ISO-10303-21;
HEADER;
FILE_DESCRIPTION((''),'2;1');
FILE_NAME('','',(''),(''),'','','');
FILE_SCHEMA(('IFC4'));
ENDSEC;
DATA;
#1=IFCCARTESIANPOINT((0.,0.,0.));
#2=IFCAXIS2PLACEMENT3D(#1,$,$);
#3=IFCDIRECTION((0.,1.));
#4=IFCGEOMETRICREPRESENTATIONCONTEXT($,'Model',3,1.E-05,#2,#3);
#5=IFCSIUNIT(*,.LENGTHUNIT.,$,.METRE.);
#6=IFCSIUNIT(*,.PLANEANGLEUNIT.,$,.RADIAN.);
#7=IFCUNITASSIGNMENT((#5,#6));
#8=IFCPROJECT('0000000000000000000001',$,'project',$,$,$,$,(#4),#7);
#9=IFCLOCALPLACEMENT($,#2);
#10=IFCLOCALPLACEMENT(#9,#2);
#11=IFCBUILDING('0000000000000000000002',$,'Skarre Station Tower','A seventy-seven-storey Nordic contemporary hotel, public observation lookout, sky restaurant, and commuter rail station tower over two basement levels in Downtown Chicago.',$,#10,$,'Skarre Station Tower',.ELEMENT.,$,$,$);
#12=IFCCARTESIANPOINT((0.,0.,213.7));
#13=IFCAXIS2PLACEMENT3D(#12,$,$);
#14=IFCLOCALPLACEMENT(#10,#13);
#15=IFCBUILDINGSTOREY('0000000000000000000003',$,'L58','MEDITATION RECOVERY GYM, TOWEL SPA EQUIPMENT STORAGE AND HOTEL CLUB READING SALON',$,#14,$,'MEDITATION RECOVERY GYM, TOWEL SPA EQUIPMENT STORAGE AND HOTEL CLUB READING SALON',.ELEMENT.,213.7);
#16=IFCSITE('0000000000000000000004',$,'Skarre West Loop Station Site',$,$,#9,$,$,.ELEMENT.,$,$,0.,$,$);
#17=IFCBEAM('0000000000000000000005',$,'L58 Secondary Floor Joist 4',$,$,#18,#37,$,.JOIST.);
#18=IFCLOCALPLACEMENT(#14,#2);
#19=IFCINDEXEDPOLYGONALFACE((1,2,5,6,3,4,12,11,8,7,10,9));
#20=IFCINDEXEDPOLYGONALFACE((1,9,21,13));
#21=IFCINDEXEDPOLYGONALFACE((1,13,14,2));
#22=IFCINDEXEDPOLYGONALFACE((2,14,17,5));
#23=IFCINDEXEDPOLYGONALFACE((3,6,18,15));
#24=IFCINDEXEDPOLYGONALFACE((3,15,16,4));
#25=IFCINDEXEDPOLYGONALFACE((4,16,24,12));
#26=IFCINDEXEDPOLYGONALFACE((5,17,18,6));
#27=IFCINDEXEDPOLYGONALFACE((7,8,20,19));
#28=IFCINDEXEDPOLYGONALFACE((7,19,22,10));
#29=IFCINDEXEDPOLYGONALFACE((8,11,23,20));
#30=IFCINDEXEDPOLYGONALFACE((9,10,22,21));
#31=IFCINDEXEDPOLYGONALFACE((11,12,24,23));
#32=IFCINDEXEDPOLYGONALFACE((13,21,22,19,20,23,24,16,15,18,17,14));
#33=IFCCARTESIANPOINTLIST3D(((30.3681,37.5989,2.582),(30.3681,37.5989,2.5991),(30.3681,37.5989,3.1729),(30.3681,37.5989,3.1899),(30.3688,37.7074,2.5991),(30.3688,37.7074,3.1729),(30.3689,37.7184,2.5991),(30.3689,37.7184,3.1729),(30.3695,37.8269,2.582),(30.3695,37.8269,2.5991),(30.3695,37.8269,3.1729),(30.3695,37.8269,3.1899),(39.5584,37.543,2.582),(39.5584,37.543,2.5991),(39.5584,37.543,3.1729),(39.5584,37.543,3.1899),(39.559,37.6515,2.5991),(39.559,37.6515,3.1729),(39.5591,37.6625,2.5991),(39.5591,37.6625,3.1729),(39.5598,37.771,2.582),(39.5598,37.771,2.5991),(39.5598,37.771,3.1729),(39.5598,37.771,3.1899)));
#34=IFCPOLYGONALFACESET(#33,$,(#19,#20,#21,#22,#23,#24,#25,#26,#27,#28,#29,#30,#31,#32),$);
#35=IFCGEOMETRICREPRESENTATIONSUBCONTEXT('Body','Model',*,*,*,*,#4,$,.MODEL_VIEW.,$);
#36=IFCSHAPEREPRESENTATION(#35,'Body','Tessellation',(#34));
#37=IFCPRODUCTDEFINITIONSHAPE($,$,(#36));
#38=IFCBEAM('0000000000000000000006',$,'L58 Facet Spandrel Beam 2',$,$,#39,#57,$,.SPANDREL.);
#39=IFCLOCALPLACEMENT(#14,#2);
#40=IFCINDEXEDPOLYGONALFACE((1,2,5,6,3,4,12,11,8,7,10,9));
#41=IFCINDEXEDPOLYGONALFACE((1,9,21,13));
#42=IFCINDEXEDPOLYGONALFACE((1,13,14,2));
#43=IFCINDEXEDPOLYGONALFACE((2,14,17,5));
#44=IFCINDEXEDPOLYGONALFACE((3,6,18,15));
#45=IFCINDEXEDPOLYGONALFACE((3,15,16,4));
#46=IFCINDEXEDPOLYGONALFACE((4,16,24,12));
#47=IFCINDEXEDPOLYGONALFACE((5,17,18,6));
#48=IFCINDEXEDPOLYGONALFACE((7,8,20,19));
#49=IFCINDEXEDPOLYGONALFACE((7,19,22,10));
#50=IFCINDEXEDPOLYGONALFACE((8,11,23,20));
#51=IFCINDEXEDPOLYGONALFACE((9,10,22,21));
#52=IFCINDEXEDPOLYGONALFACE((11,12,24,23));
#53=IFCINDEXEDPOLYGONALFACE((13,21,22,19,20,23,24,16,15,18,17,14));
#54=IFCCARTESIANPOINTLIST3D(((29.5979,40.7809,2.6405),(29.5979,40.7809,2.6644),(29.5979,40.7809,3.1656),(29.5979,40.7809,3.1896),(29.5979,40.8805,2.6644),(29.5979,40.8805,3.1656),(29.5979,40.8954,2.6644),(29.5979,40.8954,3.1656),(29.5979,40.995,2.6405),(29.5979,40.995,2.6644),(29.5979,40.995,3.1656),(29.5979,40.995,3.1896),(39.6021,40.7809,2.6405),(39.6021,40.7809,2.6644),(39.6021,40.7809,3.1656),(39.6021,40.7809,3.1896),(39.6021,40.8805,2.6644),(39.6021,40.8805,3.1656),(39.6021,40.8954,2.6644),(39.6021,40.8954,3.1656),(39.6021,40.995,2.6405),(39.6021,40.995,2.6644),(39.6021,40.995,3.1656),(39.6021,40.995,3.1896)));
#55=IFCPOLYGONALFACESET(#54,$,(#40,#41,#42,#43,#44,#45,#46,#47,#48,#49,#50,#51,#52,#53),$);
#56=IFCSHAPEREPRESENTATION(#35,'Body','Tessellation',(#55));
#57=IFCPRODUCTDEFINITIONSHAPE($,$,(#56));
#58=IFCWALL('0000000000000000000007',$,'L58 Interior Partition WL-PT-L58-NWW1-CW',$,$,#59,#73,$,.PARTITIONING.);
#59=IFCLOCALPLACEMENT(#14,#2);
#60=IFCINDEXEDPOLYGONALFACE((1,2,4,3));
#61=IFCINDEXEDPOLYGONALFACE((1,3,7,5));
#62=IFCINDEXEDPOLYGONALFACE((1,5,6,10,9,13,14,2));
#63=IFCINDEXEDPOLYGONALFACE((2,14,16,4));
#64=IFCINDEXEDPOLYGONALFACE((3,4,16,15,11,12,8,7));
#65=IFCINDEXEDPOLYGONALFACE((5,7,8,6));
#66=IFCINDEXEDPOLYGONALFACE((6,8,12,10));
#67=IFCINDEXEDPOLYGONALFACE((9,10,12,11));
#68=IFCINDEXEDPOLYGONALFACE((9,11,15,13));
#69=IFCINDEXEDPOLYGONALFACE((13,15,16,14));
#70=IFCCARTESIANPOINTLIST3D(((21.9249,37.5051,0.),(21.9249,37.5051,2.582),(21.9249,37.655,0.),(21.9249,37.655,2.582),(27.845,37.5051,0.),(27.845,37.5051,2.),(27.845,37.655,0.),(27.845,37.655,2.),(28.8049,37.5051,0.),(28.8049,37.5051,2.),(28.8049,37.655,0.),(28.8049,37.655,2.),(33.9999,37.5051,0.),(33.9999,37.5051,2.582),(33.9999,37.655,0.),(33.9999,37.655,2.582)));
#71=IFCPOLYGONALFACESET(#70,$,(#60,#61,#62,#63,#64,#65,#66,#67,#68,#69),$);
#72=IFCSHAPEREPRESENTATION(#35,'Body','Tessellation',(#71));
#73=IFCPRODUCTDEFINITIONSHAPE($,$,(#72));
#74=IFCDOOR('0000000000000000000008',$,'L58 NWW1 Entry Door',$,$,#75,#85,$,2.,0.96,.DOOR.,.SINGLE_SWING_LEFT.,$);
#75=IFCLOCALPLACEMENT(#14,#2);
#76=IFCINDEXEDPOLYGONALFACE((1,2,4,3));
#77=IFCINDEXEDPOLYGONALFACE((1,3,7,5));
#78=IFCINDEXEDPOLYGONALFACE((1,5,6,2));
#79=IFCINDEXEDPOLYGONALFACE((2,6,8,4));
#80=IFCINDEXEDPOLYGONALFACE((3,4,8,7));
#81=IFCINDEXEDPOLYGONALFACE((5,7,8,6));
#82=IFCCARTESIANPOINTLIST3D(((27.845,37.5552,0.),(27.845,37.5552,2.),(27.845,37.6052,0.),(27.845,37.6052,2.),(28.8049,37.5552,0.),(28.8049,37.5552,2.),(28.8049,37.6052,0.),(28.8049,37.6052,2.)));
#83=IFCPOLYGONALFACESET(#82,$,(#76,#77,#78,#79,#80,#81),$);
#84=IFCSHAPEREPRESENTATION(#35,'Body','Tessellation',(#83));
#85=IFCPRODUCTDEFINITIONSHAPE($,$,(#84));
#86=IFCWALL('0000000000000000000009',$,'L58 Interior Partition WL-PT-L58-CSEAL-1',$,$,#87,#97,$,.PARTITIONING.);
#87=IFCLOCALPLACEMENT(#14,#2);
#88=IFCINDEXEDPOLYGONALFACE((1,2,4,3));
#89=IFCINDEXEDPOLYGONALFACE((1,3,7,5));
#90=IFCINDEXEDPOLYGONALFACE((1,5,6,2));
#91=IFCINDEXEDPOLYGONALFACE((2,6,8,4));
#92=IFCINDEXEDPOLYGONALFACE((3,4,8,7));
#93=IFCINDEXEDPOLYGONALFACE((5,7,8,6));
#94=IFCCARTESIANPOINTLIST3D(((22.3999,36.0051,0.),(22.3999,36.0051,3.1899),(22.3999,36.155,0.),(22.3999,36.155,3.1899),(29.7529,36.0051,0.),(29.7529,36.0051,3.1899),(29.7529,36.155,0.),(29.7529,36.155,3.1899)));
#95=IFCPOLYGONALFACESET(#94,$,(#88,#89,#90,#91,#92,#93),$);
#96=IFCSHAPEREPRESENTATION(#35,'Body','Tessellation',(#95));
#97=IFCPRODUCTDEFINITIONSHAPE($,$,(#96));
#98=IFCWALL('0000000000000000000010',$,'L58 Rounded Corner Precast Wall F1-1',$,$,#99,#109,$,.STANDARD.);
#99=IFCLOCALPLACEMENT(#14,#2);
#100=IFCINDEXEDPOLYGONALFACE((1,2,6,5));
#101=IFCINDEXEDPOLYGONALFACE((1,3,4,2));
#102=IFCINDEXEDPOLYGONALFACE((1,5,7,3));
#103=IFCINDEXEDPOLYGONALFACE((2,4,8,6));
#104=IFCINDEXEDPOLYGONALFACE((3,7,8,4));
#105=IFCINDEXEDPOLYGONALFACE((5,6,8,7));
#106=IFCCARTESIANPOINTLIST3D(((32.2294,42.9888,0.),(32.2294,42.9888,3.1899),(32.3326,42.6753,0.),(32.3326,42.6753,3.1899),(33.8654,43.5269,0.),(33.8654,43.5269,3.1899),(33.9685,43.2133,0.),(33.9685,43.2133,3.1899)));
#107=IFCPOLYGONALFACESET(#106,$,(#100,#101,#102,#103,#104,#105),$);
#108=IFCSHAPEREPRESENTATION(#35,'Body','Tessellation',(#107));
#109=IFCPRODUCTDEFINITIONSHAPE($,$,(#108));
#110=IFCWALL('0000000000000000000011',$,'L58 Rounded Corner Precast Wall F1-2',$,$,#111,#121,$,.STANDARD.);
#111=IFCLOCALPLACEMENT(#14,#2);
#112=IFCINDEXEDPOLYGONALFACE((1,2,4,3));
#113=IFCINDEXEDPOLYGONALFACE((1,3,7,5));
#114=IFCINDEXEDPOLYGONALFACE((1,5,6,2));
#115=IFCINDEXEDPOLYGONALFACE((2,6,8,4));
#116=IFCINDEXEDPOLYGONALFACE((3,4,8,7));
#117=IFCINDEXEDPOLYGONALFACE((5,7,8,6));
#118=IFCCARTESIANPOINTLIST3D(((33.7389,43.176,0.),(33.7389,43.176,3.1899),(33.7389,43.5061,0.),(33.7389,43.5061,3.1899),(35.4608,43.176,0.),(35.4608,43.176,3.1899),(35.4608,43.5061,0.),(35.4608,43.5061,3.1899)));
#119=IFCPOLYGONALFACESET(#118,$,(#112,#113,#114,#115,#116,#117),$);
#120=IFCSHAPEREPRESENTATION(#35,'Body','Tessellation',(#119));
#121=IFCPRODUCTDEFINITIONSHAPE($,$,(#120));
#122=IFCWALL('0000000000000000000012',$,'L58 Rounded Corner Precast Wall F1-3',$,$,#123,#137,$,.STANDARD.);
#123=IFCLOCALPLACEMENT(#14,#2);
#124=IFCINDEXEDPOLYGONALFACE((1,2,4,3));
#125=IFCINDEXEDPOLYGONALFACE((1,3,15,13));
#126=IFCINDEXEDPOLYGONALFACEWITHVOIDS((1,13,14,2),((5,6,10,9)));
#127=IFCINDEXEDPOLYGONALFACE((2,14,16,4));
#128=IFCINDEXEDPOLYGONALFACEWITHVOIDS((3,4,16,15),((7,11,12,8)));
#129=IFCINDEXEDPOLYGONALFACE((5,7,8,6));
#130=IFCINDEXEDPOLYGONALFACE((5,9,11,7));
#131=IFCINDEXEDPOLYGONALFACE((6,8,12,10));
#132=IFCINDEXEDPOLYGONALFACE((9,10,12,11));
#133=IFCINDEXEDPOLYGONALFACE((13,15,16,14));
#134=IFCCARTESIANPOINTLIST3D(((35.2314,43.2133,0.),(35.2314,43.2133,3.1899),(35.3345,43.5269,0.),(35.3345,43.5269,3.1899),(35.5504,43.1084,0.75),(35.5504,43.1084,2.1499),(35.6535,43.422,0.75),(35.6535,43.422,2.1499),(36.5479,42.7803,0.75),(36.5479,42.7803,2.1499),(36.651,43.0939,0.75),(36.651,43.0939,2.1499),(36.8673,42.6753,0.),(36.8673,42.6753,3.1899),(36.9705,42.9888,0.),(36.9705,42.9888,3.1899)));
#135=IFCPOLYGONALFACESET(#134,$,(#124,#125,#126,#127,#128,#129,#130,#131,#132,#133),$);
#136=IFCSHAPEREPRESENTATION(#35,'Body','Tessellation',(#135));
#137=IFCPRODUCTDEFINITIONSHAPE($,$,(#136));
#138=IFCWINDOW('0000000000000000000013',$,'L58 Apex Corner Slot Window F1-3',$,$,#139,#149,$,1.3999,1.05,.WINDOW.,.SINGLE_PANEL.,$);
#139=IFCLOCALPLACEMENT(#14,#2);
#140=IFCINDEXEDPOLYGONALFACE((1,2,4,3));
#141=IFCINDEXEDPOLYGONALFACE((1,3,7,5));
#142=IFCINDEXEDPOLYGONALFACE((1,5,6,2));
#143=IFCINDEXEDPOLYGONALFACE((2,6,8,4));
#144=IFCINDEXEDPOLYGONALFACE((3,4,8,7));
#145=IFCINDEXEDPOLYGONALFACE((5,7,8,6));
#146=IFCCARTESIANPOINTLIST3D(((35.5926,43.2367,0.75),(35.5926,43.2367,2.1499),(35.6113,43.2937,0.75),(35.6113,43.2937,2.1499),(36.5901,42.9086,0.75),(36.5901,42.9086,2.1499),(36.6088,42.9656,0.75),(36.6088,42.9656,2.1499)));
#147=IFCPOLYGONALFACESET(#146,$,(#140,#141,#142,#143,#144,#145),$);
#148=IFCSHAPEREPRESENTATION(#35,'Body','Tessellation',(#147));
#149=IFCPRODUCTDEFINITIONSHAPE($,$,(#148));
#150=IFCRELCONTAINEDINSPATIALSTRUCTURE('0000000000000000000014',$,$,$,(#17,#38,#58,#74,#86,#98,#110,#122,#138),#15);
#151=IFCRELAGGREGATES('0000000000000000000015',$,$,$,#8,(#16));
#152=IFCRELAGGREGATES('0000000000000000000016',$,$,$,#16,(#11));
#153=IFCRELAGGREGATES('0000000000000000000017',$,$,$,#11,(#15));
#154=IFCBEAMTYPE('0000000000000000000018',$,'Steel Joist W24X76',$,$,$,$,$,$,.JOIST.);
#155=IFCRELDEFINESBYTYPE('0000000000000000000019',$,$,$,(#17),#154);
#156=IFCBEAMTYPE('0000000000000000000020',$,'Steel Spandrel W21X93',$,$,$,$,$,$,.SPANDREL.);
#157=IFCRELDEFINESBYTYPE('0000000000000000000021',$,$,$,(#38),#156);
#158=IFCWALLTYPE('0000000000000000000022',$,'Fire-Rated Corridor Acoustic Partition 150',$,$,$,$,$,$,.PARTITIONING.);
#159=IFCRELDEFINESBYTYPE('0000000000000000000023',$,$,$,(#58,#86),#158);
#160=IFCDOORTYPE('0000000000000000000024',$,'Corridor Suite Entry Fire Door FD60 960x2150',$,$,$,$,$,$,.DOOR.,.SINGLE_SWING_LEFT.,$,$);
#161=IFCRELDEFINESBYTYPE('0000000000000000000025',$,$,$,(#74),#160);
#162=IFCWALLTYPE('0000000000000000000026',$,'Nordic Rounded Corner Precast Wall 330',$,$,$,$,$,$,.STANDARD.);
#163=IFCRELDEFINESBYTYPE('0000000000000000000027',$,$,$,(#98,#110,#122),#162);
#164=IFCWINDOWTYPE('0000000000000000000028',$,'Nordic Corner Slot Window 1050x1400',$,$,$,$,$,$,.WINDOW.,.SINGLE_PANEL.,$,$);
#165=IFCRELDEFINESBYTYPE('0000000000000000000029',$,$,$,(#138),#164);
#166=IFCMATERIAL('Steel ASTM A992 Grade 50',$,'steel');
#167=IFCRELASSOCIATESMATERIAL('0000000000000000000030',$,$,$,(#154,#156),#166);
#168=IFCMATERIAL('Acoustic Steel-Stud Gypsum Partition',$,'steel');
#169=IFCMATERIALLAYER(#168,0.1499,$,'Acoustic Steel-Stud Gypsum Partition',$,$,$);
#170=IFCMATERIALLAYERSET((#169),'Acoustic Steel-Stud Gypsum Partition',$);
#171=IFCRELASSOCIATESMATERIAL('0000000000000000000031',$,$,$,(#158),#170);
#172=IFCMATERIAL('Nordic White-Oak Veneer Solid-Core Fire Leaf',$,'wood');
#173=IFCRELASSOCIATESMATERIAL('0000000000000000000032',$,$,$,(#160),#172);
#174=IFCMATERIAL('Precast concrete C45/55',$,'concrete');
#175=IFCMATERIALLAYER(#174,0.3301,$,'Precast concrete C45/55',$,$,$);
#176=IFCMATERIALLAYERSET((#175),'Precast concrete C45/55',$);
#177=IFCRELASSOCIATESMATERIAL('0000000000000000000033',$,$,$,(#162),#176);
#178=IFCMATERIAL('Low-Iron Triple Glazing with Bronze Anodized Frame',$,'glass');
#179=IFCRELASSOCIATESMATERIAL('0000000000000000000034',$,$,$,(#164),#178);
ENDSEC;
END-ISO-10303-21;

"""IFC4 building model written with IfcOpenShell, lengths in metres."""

from ifc_helpers import new_model, si_unit, direction, frame, frame_2d, origin, origin_2d, place, context, subcontext, project, spatial, rectangle, i_section, extrude, material, layer, layer_set, material_profile, profile_set, type_object, element, fill, save


model = new_model("IFC4")

# Units and contexts
model_context = context("Model", 3, precision=1e-05, world=origin(), true_north=direction((0.0, 1.0)))
body_context = subcontext(model_context, "Body", "Model", "MODEL_VIEW")
ifc_project = project(units=[si_unit("LENGTHUNIT", "METRE"), si_unit("PLANEANGLEUNIT", "RADIAN")], contexts=[model_context])

# Site, building, storey
site_placement = place(None, origin())
site = spatial("IfcSite", under=ifc_project, at=site_placement, Name="Skarre West Loop Station Site", CompositionType="ELEMENT", RefElevation=0.0)
building_placement = place(site_placement, origin())
building = spatial("IfcBuilding", under=site, at=building_placement, Name="Skarre Station Tower", Description="A seventy-seven-storey Nordic contemporary hotel, public observation lookout, sky restaurant, and commuter rail station tower over two basement levels in Downtown Chicago.", LongName="Skarre Station Tower", CompositionType="ELEMENT")
storey_placement = place(building_placement, frame((0.0, 0.0, 213.7)))
storey = spatial("IfcBuildingStorey", under=building, at=storey_placement, Name="L58", Description="MEDITATION RECOVERY GYM, TOWEL SPA EQUIPMENT STORAGE AND HOTEL CLUB READING SALON", LongName="MEDITATION RECOVERY GYM, TOWEL SPA EQUIPMENT STORAGE AND HOTEL CLUB READING SALON", CompositionType="ELEMENT", Elevation=213.7)

# Beams
ifc_material_1 = material(Name="Steel ASTM A992 Grade 50", Category="steel")
ifc_material_profile_1 = material_profile(ifc_material_1, i_section(OverallWidth=0.228, OverallDepth=0.6079, WebThickness=0.011, FlangeThickness=0.0171, at=origin_2d()), Name="Steel ASTM A992 Grade 50")
ifc_profile_set_1 = profile_set([ifc_material_profile_1], Name="Steel ASTM A992 Grade 50")
beam_type_1 = type_object("IfcBeamType", Name="Steel Joist W24X76", PredefinedType="JOIST", material=ifc_profile_set_1)
beam_1_placement = place(storey_placement, frame((39.5591, 37.657, 2.886), z_axis=(-0.999981, 0.006083, 0.0), x_axis=(-0.006083, -0.999981, 0.0)))
element("IfcBeam", 1, at=beam_1_placement, inside=storey, type_object=beam_type_1, Name="L58 Secondary Floor Joist 4", PredefinedType="JOIST", context=body_context, shape_type="SweptSolid", body=[
    extrude(i_section(OverallWidth=0.228, OverallDepth=0.6079, WebThickness=0.011, FlangeThickness=0.0171, at=origin_2d()), origin(), (0.0, 0.0, 1.0), 9.1904),
])
ifc_material_profile_2 = material_profile(ifc_material_1, i_section(OverallWidth=0.2141, OverallDepth=0.5491, WebThickness=0.0149, FlangeThickness=0.0239, at=origin_2d()), Name="Steel ASTM A992 Grade 50")
ifc_profile_set_2 = profile_set([ifc_material_profile_2], Name="Steel ASTM A992 Grade 50")
beam_type_2 = type_object("IfcBeamType", Name="Steel Spandrel W21X93", PredefinedType="SPANDREL", material=ifc_profile_set_2)
beam_2_placement = place(storey_placement, frame((39.6021, 40.8879, 2.915), z_axis=(-1.0, 0.0, 0.0), x_axis=(0.0, -1.0, 0.0)))
element("IfcBeam", 2, at=beam_2_placement, inside=storey, type_object=beam_type_2, Name="L58 Facet Spandrel Beam 2", PredefinedType="SPANDREL", context=body_context, shape_type="SweptSolid", body=[
    extrude(i_section(OverallWidth=0.2141, OverallDepth=0.5491, WebThickness=0.0149, FlangeThickness=0.0239, at=origin_2d()), origin(), (0.0, 0.0, 1.0), 10.0042),
])

# Wall, opening, door
ifc_material_2 = material(Name="Acoustic Steel-Stud Gypsum Partition", Category="steel")
ifc_layer_1 = layer(ifc_material_2, 0.1499, Name="Acoustic Steel-Stud Gypsum Partition")
ifc_layer_set_1 = layer_set([ifc_layer_1], Name="Acoustic Steel-Stud Gypsum Partition")
wall_type_1 = type_object("IfcWallType", Name="Fire-Rated Corridor Acoustic Partition 150", PredefinedType="PARTITIONING", material=ifc_layer_set_1)
wall_1_placement = place(storey_placement, frame((34.0, 37.5801, 0.0), z_axis=(0.0, 0.0, 1.0), x_axis=(-1.0, 0.0, 0.0)))
wall_1 = element("IfcWall", 3, at=wall_1_placement, inside=storey, type_object=wall_type_1, Name="L58 Interior Partition WL-PT-L58-NWW1-CW", PredefinedType="PARTITIONING", context=body_context, shape_type="SweptSolid", body=[
    extrude(rectangle(XDim=12.075, YDim=0.1499, at=frame_2d((6.0376, 0.0))), origin(), (0.0, 0.0, 1.0), 2.582),
])
opening_1_placement = place(wall_1_placement, frame((5.1951, 0.0, 0.0)))
opening_1 = element("IfcOpeningElement", 4, at=opening_1_placement, cuts=wall_1, PredefinedType="OPENING", context=body_context, shape_type="SweptSolid", body=[
    extrude(rectangle(XDim=0.96, YDim=2.0, at=frame_2d((0.48, 1.0))), frame((0.0, 0.085, 0.0), z_axis=(0.0, -1.0, 0.0), x_axis=(1.0, 0.0, 0.0)), (0.0, 0.0, 1.0), 0.1699),
])
ifc_material_3 = material(Name="Nordic White-Oak Veneer Solid-Core Fire Leaf", Category="wood")
door_type = type_object("IfcDoorType", Name="Corridor Suite Entry Fire Door FD60 960x2150", OperationType="SINGLE_SWING_LEFT", PredefinedType="DOOR", material=ifc_material_3)
door_placement = place(opening_1_placement, origin())
door = element("IfcDoor", 5, at=door_placement, inside=storey, type_object=door_type, Name="L58 NWW1 Entry Door", OperationType="SINGLE_SWING_LEFT", OverallHeight=2.0, OverallWidth=0.96, PredefinedType="DOOR", context=body_context, shape_type="SweptSolid", body=[
    extrude(rectangle(XDim=0.96, YDim=2.0, at=frame_2d((0.48, 1.0))), frame((0.0, 0.0249, 0.0), z_axis=(0.0, -1.0, 0.0), x_axis=(1.0, 0.0, 0.0)), (0.0, 0.0, 1.0), 0.05),
])
fill(opening_1, door)

# Walls
wall_2_placement = place(storey_placement, frame((29.7529, 36.0801, 0.0), z_axis=(0.0, 0.0, 1.0), x_axis=(-1.0, 0.0, 0.0)))
element("IfcWall", 6, at=wall_2_placement, inside=storey, type_object=wall_type_1, Name="L58 Interior Partition WL-PT-L58-CSEAL-1", PredefinedType="PARTITIONING", context=body_context, shape_type="SweptSolid", body=[
    extrude(rectangle(XDim=7.353, YDim=0.1499, at=frame_2d((3.6765, 0.0))), origin(), (0.0, 0.0, 1.0), 3.1899),
])
ifc_material_4 = material(Name="Precast concrete C45/55", Category="concrete")
ifc_layer_2 = layer(ifc_material_4, 0.3301, Name="Precast concrete C45/55")
ifc_layer_set_2 = layer_set([ifc_layer_2], Name="Precast concrete C45/55")
wall_type_2 = type_object("IfcWallType", Name="Nordic Rounded Corner Precast Wall 330", PredefinedType="STANDARD", material=ifc_layer_set_2)
wall_3_placement = place(storey_placement, frame((32.281, 42.832, 0.0), z_axis=(0.0, 0.0, 1.0), x_axis=(0.949937, 0.31244, 0.0)))
element("IfcWall", 7, at=wall_3_placement, inside=storey, type_object=wall_type_2, Name="L58 Rounded Corner Precast Wall F1-1", PredefinedType="STANDARD", context=body_context, shape_type="SweptSolid", body=[
    extrude(rectangle(XDim=1.7222, YDim=0.3301, at=frame_2d((0.8611, 0.0))), origin(), (0.0, 0.0, 1.0), 3.1899),
])
wall_4_placement = place(storey_placement, frame((33.739, 43.3411, 0.0), z_axis=(0.0, 0.0, 1.0), x_axis=(1.0, 0.0, 0.0)))
element("IfcWall", 8, at=wall_4_placement, inside=storey, type_object=wall_type_2, Name="L58 Rounded Corner Precast Wall F1-2", PredefinedType="STANDARD", context=body_context, shape_type="SweptSolid", body=[
    extrude(rectangle(XDim=1.7219, YDim=0.3301, at=frame_2d((0.8608, 0.0))), origin(), (0.0, 0.0, 1.0), 3.1899),
])

# Wall, opening, window
wall_5_placement = place(storey_placement, frame((35.283, 43.3701, 0.0), z_axis=(0.0, 0.0, 1.0), x_axis=(0.949937, -0.31244, 0.0)))
wall_5 = element("IfcWall", 9, at=wall_5_placement, inside=storey, type_object=wall_type_2, Name="L58 Rounded Corner Precast Wall F1-3", PredefinedType="STANDARD", context=body_context, shape_type="SweptSolid", body=[
    extrude(rectangle(XDim=1.7222, YDim=0.3301, at=frame_2d((0.8611, 0.0))), origin(), (0.0, 0.0, 1.0), 3.1899),
])
opening_2_placement = place(wall_5_placement, frame((0.3359, 0.0, 0.75)))
opening_2 = element("IfcOpeningElement", 10, at=opening_2_placement, cuts=wall_5, PredefinedType="OPENING", context=body_context, shape_type="SweptSolid", body=[
    extrude(rectangle(XDim=1.05, YDim=1.3999, at=frame_2d((0.5249, 0.7))), frame((0.0, 0.175, 0.0), z_axis=(0.0, -1.0, 0.0), x_axis=(1.0, 0.0, 0.0)), (0.0, 0.0, 1.0), 0.3501),
])
ifc_material_5 = material(Name="Low-Iron Triple Glazing with Bronze Anodized Frame", Category="glass")
window_type_1 = type_object("IfcWindowType", Name="Nordic Corner Slot Window 1050x1400", PartitioningType="SINGLE_PANEL", PredefinedType="WINDOW", material=ifc_material_5)
window_1_placement = place(opening_2_placement, origin())
window_1 = element("IfcWindow", 11, at=window_1_placement, inside=storey, type_object=window_type_1, Name="L58 Apex Corner Slot Window F1-3", OverallHeight=1.3999, OverallWidth=1.05, PartitioningType="SINGLE_PANEL", PredefinedType="WINDOW", context=body_context, shape_type="SweptSolid", body=[
    extrude(rectangle(XDim=1.05, YDim=1.3999, at=frame_2d((0.5249, 0.7))), frame((0.0, 0.03, 0.0), z_axis=(0.0, -1.0, 0.0), x_axis=(1.0, 0.0, 0.0)), (0.0, 0.0, 1.0), 0.0601),
])
fill(opening_2, window_1)

save(model, "model.ifc")
